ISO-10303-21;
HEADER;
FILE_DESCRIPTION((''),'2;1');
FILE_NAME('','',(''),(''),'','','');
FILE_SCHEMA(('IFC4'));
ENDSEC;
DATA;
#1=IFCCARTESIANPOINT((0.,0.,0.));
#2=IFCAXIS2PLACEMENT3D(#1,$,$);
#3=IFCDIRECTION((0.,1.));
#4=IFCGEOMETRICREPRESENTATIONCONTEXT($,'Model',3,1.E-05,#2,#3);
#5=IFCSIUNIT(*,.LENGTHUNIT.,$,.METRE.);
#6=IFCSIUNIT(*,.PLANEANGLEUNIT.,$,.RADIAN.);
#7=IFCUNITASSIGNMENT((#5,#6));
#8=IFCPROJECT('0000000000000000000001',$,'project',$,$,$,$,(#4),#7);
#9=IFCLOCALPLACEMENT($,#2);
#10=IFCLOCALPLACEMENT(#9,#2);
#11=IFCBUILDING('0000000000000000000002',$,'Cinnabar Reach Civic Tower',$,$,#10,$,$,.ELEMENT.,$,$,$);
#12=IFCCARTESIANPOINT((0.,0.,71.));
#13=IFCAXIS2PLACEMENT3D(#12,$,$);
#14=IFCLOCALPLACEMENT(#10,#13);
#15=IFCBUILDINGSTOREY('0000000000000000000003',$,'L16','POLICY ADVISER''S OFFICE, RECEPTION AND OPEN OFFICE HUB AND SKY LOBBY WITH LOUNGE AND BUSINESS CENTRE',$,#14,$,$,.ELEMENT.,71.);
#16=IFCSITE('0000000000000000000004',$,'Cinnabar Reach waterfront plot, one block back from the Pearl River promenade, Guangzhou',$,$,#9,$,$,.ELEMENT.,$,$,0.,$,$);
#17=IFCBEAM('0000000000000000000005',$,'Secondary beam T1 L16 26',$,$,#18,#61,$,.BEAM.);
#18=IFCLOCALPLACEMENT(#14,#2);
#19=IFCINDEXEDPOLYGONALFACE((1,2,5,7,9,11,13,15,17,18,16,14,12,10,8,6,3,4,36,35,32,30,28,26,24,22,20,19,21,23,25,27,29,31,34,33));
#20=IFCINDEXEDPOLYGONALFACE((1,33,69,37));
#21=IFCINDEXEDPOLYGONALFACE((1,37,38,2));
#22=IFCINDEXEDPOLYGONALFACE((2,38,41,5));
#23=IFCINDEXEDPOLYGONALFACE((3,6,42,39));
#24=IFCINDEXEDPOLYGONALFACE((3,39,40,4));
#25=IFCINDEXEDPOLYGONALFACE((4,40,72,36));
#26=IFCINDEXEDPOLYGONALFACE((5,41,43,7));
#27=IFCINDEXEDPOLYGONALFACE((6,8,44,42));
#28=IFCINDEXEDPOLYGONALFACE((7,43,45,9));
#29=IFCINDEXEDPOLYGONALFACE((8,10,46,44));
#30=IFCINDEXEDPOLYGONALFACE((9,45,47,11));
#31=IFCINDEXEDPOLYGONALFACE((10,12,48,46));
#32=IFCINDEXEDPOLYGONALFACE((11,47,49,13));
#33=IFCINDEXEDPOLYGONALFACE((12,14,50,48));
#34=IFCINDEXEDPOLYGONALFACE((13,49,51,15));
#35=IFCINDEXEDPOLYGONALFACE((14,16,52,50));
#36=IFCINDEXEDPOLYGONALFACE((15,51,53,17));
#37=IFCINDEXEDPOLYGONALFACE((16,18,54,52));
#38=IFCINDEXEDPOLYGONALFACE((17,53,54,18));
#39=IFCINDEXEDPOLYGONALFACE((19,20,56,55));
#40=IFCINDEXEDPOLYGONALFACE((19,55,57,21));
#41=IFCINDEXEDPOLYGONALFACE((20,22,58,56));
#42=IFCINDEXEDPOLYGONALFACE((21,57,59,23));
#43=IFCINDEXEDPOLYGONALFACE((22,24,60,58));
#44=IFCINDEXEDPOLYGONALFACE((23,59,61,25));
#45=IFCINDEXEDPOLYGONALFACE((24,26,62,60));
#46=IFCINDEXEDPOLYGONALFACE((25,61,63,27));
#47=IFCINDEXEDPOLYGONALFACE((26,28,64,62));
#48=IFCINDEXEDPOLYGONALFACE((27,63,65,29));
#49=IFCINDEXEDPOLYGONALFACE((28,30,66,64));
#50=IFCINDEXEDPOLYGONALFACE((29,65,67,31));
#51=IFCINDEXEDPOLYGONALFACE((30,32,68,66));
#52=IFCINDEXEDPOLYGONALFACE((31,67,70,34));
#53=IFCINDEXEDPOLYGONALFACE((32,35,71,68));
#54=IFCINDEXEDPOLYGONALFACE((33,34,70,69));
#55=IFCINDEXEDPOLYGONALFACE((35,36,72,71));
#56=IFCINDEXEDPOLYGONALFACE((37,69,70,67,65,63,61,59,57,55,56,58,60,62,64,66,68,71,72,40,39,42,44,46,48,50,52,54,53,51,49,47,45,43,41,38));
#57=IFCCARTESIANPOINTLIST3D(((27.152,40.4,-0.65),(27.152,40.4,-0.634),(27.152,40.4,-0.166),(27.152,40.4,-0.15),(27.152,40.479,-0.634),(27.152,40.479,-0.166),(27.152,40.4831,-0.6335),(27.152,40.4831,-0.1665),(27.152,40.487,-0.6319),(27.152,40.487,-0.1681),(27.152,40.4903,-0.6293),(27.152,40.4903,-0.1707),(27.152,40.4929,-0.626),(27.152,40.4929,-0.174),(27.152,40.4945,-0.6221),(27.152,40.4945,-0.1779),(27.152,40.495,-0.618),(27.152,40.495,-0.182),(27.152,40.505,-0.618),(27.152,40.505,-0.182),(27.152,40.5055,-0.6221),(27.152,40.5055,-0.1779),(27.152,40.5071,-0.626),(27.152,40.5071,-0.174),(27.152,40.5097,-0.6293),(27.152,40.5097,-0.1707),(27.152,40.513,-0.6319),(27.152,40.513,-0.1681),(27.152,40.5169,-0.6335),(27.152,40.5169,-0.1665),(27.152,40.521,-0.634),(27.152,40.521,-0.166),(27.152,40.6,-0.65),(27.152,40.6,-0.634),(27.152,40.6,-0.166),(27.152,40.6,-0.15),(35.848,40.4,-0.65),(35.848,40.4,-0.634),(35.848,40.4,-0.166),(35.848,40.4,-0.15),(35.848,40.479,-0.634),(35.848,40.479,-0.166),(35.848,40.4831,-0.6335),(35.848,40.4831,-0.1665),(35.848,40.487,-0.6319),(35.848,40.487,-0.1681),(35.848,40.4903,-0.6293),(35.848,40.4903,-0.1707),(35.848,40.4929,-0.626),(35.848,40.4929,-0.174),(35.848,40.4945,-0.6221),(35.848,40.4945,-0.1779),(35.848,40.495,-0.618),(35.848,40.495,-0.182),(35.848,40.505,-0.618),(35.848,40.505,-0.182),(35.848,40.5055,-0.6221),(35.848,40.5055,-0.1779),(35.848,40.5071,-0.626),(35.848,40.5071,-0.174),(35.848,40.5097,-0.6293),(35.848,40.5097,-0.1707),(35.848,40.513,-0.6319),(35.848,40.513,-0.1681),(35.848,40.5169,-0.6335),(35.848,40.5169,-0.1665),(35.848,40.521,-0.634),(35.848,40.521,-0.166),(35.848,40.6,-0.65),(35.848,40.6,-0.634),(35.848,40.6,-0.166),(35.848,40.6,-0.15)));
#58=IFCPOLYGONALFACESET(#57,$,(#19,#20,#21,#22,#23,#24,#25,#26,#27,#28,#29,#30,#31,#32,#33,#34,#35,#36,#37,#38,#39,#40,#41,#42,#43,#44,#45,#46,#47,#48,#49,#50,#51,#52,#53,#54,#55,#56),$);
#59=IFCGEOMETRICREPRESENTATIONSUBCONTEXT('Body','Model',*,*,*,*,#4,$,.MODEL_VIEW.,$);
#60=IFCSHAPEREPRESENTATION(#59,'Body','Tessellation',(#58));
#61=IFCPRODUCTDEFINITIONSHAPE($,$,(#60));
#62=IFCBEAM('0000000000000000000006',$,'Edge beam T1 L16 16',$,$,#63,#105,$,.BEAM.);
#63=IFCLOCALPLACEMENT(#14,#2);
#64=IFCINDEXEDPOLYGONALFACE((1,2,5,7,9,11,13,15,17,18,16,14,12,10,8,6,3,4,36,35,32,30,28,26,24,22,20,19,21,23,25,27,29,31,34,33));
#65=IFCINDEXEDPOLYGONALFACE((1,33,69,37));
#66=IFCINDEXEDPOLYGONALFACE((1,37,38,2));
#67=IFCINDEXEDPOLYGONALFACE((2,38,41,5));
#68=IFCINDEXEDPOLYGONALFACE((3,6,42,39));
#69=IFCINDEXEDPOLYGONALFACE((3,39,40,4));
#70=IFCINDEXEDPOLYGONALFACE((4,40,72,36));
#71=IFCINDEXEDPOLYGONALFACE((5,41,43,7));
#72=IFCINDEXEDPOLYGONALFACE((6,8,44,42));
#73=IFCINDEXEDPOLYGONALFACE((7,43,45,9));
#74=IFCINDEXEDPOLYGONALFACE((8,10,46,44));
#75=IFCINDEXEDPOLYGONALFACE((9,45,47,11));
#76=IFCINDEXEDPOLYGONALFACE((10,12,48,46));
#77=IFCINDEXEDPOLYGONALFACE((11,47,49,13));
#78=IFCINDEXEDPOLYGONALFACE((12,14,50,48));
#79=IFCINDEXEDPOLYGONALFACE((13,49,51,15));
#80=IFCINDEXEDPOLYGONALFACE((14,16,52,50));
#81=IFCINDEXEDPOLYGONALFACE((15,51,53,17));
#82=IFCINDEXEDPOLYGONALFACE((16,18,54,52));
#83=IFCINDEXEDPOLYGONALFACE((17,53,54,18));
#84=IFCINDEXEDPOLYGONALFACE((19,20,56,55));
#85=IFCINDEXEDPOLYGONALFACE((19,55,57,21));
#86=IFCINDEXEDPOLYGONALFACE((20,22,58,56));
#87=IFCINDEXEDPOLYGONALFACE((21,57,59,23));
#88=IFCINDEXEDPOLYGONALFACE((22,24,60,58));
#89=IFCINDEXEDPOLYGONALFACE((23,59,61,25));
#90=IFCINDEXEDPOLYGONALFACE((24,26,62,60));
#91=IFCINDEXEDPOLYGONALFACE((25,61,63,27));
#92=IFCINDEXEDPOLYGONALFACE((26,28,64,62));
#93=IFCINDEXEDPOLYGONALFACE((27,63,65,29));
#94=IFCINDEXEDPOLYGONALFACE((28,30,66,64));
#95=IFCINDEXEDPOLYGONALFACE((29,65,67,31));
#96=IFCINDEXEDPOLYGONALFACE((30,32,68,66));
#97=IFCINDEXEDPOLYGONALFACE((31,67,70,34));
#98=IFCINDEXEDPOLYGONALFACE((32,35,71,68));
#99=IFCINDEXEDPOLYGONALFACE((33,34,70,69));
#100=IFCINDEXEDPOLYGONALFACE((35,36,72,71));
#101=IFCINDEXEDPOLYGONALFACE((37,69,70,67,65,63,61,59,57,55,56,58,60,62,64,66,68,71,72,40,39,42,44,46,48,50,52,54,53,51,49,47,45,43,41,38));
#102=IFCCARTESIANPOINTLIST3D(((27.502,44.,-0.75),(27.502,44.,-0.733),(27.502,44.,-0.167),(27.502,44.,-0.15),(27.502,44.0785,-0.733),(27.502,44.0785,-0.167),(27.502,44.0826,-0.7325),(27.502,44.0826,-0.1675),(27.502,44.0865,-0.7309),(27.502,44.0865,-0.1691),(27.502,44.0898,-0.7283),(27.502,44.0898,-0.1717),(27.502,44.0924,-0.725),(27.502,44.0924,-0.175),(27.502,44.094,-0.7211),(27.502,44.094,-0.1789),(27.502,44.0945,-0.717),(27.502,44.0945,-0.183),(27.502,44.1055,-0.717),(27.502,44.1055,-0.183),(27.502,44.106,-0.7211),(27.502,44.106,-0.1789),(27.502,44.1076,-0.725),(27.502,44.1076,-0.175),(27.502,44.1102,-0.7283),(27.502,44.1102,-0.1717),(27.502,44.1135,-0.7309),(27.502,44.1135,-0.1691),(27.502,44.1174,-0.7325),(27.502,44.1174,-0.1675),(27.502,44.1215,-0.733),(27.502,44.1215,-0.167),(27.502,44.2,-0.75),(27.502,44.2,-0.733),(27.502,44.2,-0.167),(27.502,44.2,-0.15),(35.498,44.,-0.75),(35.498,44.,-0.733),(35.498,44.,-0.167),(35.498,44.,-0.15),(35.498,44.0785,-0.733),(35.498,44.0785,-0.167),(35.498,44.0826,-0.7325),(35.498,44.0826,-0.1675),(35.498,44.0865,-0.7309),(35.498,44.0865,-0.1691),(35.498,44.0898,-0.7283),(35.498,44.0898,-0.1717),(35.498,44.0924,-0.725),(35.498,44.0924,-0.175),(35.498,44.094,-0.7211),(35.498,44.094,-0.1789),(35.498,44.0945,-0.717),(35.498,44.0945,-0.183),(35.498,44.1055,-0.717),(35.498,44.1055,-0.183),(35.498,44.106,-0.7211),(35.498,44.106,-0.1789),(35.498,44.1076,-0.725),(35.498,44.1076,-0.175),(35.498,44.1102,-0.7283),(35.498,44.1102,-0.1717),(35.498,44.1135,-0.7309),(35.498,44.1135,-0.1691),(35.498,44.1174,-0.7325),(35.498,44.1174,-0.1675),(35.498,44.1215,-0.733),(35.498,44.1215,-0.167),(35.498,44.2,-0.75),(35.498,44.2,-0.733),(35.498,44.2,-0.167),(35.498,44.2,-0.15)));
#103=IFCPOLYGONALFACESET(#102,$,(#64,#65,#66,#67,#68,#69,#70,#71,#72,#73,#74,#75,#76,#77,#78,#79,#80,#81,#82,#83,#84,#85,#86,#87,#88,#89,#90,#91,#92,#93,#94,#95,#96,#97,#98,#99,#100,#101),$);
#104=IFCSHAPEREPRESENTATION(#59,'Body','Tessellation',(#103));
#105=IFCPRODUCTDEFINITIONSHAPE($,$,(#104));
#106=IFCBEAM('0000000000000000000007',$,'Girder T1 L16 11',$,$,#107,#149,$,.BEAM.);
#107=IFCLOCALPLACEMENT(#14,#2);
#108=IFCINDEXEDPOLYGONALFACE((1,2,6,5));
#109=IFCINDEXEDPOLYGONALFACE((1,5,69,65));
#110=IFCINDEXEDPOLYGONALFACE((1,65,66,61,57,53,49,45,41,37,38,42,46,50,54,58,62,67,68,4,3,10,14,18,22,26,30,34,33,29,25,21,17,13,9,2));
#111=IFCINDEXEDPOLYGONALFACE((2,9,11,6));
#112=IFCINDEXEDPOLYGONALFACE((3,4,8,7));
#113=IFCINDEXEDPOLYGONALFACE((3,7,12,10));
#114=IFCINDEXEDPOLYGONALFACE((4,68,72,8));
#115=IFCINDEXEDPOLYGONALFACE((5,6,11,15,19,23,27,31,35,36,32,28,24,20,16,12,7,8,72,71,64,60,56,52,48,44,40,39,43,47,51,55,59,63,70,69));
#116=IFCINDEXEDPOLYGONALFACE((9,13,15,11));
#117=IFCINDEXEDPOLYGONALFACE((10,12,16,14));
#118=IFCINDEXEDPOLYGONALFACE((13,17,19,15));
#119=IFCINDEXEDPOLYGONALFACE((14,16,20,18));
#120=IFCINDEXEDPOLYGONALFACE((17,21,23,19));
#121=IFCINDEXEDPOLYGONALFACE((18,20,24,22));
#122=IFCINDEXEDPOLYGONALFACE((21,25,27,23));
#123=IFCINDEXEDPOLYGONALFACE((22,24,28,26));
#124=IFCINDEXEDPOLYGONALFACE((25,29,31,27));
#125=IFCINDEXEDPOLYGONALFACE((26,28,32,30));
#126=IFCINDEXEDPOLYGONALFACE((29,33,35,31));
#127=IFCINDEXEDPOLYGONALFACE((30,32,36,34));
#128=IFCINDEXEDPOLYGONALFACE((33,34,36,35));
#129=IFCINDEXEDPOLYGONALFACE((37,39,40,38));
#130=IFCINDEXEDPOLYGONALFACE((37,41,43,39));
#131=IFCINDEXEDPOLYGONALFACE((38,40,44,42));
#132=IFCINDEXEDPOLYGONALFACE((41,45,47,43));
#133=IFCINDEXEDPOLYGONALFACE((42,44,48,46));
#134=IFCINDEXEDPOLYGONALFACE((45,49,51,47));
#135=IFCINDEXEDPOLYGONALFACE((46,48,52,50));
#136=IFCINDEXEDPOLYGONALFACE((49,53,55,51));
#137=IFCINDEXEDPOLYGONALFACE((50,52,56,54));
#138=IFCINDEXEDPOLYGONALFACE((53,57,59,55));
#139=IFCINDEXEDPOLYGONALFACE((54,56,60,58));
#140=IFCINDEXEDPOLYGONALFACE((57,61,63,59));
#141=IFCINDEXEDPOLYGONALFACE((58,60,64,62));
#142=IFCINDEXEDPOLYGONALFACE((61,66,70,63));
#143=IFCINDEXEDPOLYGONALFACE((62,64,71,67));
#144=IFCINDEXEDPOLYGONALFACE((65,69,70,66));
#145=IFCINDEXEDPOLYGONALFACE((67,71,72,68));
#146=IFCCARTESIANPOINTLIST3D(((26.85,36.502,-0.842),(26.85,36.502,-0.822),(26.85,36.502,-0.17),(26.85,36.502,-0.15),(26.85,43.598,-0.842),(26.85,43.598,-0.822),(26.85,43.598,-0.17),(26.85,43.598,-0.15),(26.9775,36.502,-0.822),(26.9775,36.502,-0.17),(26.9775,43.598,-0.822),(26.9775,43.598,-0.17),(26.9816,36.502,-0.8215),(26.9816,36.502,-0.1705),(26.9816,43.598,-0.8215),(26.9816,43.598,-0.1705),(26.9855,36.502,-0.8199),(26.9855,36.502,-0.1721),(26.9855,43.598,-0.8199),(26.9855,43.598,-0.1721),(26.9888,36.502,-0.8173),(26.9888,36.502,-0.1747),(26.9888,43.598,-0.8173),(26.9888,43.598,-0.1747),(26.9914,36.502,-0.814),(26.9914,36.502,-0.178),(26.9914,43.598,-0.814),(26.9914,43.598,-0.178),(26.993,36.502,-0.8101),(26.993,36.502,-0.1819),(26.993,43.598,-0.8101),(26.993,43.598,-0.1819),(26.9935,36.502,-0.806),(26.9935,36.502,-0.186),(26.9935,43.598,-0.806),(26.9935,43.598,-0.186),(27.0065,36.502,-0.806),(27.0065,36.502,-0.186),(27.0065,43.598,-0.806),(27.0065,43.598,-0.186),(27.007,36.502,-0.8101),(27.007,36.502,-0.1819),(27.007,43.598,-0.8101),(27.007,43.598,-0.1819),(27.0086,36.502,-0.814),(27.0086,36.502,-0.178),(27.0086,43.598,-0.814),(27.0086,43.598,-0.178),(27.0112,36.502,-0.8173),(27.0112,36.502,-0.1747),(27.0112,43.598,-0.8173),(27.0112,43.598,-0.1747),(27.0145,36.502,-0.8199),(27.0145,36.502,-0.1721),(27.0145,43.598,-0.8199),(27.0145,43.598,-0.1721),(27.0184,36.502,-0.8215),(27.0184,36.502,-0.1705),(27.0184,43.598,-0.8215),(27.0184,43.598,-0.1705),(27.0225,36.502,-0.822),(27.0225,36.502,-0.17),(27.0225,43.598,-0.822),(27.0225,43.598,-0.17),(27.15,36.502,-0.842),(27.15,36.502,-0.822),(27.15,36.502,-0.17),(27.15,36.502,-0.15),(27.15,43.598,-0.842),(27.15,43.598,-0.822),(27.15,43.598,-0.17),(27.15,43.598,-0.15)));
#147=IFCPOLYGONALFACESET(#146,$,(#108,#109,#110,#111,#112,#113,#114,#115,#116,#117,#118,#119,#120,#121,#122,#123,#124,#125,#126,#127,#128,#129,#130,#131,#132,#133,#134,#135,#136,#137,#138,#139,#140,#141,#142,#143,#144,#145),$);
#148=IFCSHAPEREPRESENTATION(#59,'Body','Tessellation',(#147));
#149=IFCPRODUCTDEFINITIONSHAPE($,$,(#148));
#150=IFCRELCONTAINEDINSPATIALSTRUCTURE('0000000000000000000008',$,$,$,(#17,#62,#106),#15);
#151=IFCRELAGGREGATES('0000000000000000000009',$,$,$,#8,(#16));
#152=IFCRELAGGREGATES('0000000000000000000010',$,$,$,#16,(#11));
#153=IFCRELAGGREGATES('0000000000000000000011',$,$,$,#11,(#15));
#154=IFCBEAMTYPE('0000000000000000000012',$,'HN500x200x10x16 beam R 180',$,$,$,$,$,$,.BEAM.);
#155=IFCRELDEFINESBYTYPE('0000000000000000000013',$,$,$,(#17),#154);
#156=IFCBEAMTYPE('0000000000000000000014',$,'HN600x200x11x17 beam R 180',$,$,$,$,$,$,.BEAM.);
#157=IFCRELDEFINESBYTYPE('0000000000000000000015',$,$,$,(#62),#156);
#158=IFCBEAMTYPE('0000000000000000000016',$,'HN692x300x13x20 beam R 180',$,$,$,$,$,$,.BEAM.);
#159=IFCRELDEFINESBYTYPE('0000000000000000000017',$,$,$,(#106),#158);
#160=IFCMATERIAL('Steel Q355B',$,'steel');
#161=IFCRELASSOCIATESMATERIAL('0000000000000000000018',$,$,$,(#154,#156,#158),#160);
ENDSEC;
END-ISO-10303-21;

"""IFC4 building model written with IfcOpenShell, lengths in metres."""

from ifc_helpers import new_model, si_unit, direction, frame, origin, origin_2d, place, context, subcontext, project, spatial, i_section, extrude, material, material_profile, profile_set, type_object, element, save


model = new_model("IFC4")

# Units and contexts
model_context = context("Model", 3, precision=1e-05, world=origin(), true_north=direction((0.0, 1.0)))
body_context = subcontext(model_context, "Body", "Model", "MODEL_VIEW")
ifc_project = project(units=[si_unit("LENGTHUNIT", "METRE"), si_unit("PLANEANGLEUNIT", "RADIAN")], contexts=[model_context])

# Site, building, storey
site_placement = place(None, origin())
site = spatial("IfcSite", under=ifc_project, at=site_placement, Name="Cinnabar Reach waterfront plot, one block back from the Pearl River promenade, Guangzhou", CompositionType="ELEMENT", RefElevation=0.0)
building_placement = place(site_placement, origin())
building = spatial("IfcBuilding", under=site, at=building_placement, Name="Cinnabar Reach Civic Tower", CompositionType="ELEMENT")
storey_placement = place(building_placement, frame((0.0, 0.0, 71.0)))
storey = spatial("IfcBuildingStorey", under=building, at=storey_placement, Name="L16", Description="POLICY ADVISER'S OFFICE, RECEPTION AND OPEN OFFICE HUB AND SKY LOBBY WITH LOUNGE AND BUSINESS CENTRE", CompositionType="ELEMENT", Elevation=71.0)

# Beams
ifc_material_1 = material(Name="Steel Q355B", Category="steel")
ifc_material_profile_1 = material_profile(ifc_material_1, i_section(OverallWidth=0.2, OverallDepth=0.5, WebThickness=0.01, FlangeThickness=0.016, FilletRadius=0.016, at=origin_2d()), Name="HN500x200x10x16")
ifc_profile_set_1 = profile_set([ifc_material_profile_1], Name="Steel Q355B")
beam_type_1 = type_object("IfcBeamType", Name="HN500x200x10x16 beam R 180", PredefinedType="BEAM", material=ifc_profile_set_1)
beam_1_placement = place(storey_placement, frame((27.152, 40.5, -0.4), z_axis=(1.0, 0.0, 0.0), x_axis=(0.0, 1.0, 0.0)))
element("IfcBeam", 1, at=beam_1_placement, inside=storey, type_object=beam_type_1, Name="Secondary beam T1 L16 26", PredefinedType="BEAM", context=body_context, shape_type="SweptSolid", body=[
    extrude(i_section(OverallWidth=0.2, OverallDepth=0.5, WebThickness=0.01, FlangeThickness=0.016, FilletRadius=0.016, at=origin_2d()), origin(), (0.0, 0.0, 1.0), 8.696),
])
ifc_material_profile_2 = material_profile(ifc_material_1, i_section(OverallWidth=0.2, OverallDepth=0.6, WebThickness=0.011, FlangeThickness=0.017, FilletRadius=0.016, at=origin_2d()), Name="HN600x200x11x17")
ifc_profile_set_2 = profile_set([ifc_material_profile_2], Name="Steel Q355B")
beam_type_2 = type_object("IfcBeamType", Name="HN600x200x11x17 beam R 180", PredefinedType="BEAM", material=ifc_profile_set_2)
beam_2_placement = place(storey_placement, frame((35.498, 44.1, -0.45), z_axis=(-1.0, 0.0, 0.0), x_axis=(0.0, -1.0, 0.0)))
element("IfcBeam", 2, at=beam_2_placement, inside=storey, type_object=beam_type_2, Name="Edge beam T1 L16 16", PredefinedType="BEAM", context=body_context, shape_type="SweptSolid", body=[
    extrude(i_section(OverallWidth=0.2, OverallDepth=0.6, WebThickness=0.011, FlangeThickness=0.017, FilletRadius=0.016, at=origin_2d()), origin(), (0.0, 0.0, 1.0), 7.996),
])
ifc_material_profile_3 = material_profile(ifc_material_1, i_section(OverallWidth=0.3, OverallDepth=0.692, WebThickness=0.013, FlangeThickness=0.02, FilletRadius=0.016, at=origin_2d()), Name="HN692x300x13x20")
ifc_profile_set_3 = profile_set([ifc_material_profile_3], Name="Steel Q355B")
beam_type_3 = type_object("IfcBeamType", Name="HN692x300x13x20 beam R 180", PredefinedType="BEAM", material=ifc_profile_set_3)
beam_3_placement = place(storey_placement, frame((27.0, 36.502, -0.496), z_axis=(0.0, 1.0, 0.0), x_axis=(-1.0, 0.0, 0.0)))
element("IfcBeam", 3, at=beam_3_placement, inside=storey, type_object=beam_type_3, Name="Girder T1 L16 11", PredefinedType="BEAM", context=body_context, shape_type="SweptSolid", body=[
    extrude(i_section(OverallWidth=0.3, OverallDepth=0.692, WebThickness=0.013, FlangeThickness=0.02, FilletRadius=0.016, at=origin_2d()), origin(), (0.0, 0.0, 1.0), 7.096),
])

save(model, "model.ifc")
